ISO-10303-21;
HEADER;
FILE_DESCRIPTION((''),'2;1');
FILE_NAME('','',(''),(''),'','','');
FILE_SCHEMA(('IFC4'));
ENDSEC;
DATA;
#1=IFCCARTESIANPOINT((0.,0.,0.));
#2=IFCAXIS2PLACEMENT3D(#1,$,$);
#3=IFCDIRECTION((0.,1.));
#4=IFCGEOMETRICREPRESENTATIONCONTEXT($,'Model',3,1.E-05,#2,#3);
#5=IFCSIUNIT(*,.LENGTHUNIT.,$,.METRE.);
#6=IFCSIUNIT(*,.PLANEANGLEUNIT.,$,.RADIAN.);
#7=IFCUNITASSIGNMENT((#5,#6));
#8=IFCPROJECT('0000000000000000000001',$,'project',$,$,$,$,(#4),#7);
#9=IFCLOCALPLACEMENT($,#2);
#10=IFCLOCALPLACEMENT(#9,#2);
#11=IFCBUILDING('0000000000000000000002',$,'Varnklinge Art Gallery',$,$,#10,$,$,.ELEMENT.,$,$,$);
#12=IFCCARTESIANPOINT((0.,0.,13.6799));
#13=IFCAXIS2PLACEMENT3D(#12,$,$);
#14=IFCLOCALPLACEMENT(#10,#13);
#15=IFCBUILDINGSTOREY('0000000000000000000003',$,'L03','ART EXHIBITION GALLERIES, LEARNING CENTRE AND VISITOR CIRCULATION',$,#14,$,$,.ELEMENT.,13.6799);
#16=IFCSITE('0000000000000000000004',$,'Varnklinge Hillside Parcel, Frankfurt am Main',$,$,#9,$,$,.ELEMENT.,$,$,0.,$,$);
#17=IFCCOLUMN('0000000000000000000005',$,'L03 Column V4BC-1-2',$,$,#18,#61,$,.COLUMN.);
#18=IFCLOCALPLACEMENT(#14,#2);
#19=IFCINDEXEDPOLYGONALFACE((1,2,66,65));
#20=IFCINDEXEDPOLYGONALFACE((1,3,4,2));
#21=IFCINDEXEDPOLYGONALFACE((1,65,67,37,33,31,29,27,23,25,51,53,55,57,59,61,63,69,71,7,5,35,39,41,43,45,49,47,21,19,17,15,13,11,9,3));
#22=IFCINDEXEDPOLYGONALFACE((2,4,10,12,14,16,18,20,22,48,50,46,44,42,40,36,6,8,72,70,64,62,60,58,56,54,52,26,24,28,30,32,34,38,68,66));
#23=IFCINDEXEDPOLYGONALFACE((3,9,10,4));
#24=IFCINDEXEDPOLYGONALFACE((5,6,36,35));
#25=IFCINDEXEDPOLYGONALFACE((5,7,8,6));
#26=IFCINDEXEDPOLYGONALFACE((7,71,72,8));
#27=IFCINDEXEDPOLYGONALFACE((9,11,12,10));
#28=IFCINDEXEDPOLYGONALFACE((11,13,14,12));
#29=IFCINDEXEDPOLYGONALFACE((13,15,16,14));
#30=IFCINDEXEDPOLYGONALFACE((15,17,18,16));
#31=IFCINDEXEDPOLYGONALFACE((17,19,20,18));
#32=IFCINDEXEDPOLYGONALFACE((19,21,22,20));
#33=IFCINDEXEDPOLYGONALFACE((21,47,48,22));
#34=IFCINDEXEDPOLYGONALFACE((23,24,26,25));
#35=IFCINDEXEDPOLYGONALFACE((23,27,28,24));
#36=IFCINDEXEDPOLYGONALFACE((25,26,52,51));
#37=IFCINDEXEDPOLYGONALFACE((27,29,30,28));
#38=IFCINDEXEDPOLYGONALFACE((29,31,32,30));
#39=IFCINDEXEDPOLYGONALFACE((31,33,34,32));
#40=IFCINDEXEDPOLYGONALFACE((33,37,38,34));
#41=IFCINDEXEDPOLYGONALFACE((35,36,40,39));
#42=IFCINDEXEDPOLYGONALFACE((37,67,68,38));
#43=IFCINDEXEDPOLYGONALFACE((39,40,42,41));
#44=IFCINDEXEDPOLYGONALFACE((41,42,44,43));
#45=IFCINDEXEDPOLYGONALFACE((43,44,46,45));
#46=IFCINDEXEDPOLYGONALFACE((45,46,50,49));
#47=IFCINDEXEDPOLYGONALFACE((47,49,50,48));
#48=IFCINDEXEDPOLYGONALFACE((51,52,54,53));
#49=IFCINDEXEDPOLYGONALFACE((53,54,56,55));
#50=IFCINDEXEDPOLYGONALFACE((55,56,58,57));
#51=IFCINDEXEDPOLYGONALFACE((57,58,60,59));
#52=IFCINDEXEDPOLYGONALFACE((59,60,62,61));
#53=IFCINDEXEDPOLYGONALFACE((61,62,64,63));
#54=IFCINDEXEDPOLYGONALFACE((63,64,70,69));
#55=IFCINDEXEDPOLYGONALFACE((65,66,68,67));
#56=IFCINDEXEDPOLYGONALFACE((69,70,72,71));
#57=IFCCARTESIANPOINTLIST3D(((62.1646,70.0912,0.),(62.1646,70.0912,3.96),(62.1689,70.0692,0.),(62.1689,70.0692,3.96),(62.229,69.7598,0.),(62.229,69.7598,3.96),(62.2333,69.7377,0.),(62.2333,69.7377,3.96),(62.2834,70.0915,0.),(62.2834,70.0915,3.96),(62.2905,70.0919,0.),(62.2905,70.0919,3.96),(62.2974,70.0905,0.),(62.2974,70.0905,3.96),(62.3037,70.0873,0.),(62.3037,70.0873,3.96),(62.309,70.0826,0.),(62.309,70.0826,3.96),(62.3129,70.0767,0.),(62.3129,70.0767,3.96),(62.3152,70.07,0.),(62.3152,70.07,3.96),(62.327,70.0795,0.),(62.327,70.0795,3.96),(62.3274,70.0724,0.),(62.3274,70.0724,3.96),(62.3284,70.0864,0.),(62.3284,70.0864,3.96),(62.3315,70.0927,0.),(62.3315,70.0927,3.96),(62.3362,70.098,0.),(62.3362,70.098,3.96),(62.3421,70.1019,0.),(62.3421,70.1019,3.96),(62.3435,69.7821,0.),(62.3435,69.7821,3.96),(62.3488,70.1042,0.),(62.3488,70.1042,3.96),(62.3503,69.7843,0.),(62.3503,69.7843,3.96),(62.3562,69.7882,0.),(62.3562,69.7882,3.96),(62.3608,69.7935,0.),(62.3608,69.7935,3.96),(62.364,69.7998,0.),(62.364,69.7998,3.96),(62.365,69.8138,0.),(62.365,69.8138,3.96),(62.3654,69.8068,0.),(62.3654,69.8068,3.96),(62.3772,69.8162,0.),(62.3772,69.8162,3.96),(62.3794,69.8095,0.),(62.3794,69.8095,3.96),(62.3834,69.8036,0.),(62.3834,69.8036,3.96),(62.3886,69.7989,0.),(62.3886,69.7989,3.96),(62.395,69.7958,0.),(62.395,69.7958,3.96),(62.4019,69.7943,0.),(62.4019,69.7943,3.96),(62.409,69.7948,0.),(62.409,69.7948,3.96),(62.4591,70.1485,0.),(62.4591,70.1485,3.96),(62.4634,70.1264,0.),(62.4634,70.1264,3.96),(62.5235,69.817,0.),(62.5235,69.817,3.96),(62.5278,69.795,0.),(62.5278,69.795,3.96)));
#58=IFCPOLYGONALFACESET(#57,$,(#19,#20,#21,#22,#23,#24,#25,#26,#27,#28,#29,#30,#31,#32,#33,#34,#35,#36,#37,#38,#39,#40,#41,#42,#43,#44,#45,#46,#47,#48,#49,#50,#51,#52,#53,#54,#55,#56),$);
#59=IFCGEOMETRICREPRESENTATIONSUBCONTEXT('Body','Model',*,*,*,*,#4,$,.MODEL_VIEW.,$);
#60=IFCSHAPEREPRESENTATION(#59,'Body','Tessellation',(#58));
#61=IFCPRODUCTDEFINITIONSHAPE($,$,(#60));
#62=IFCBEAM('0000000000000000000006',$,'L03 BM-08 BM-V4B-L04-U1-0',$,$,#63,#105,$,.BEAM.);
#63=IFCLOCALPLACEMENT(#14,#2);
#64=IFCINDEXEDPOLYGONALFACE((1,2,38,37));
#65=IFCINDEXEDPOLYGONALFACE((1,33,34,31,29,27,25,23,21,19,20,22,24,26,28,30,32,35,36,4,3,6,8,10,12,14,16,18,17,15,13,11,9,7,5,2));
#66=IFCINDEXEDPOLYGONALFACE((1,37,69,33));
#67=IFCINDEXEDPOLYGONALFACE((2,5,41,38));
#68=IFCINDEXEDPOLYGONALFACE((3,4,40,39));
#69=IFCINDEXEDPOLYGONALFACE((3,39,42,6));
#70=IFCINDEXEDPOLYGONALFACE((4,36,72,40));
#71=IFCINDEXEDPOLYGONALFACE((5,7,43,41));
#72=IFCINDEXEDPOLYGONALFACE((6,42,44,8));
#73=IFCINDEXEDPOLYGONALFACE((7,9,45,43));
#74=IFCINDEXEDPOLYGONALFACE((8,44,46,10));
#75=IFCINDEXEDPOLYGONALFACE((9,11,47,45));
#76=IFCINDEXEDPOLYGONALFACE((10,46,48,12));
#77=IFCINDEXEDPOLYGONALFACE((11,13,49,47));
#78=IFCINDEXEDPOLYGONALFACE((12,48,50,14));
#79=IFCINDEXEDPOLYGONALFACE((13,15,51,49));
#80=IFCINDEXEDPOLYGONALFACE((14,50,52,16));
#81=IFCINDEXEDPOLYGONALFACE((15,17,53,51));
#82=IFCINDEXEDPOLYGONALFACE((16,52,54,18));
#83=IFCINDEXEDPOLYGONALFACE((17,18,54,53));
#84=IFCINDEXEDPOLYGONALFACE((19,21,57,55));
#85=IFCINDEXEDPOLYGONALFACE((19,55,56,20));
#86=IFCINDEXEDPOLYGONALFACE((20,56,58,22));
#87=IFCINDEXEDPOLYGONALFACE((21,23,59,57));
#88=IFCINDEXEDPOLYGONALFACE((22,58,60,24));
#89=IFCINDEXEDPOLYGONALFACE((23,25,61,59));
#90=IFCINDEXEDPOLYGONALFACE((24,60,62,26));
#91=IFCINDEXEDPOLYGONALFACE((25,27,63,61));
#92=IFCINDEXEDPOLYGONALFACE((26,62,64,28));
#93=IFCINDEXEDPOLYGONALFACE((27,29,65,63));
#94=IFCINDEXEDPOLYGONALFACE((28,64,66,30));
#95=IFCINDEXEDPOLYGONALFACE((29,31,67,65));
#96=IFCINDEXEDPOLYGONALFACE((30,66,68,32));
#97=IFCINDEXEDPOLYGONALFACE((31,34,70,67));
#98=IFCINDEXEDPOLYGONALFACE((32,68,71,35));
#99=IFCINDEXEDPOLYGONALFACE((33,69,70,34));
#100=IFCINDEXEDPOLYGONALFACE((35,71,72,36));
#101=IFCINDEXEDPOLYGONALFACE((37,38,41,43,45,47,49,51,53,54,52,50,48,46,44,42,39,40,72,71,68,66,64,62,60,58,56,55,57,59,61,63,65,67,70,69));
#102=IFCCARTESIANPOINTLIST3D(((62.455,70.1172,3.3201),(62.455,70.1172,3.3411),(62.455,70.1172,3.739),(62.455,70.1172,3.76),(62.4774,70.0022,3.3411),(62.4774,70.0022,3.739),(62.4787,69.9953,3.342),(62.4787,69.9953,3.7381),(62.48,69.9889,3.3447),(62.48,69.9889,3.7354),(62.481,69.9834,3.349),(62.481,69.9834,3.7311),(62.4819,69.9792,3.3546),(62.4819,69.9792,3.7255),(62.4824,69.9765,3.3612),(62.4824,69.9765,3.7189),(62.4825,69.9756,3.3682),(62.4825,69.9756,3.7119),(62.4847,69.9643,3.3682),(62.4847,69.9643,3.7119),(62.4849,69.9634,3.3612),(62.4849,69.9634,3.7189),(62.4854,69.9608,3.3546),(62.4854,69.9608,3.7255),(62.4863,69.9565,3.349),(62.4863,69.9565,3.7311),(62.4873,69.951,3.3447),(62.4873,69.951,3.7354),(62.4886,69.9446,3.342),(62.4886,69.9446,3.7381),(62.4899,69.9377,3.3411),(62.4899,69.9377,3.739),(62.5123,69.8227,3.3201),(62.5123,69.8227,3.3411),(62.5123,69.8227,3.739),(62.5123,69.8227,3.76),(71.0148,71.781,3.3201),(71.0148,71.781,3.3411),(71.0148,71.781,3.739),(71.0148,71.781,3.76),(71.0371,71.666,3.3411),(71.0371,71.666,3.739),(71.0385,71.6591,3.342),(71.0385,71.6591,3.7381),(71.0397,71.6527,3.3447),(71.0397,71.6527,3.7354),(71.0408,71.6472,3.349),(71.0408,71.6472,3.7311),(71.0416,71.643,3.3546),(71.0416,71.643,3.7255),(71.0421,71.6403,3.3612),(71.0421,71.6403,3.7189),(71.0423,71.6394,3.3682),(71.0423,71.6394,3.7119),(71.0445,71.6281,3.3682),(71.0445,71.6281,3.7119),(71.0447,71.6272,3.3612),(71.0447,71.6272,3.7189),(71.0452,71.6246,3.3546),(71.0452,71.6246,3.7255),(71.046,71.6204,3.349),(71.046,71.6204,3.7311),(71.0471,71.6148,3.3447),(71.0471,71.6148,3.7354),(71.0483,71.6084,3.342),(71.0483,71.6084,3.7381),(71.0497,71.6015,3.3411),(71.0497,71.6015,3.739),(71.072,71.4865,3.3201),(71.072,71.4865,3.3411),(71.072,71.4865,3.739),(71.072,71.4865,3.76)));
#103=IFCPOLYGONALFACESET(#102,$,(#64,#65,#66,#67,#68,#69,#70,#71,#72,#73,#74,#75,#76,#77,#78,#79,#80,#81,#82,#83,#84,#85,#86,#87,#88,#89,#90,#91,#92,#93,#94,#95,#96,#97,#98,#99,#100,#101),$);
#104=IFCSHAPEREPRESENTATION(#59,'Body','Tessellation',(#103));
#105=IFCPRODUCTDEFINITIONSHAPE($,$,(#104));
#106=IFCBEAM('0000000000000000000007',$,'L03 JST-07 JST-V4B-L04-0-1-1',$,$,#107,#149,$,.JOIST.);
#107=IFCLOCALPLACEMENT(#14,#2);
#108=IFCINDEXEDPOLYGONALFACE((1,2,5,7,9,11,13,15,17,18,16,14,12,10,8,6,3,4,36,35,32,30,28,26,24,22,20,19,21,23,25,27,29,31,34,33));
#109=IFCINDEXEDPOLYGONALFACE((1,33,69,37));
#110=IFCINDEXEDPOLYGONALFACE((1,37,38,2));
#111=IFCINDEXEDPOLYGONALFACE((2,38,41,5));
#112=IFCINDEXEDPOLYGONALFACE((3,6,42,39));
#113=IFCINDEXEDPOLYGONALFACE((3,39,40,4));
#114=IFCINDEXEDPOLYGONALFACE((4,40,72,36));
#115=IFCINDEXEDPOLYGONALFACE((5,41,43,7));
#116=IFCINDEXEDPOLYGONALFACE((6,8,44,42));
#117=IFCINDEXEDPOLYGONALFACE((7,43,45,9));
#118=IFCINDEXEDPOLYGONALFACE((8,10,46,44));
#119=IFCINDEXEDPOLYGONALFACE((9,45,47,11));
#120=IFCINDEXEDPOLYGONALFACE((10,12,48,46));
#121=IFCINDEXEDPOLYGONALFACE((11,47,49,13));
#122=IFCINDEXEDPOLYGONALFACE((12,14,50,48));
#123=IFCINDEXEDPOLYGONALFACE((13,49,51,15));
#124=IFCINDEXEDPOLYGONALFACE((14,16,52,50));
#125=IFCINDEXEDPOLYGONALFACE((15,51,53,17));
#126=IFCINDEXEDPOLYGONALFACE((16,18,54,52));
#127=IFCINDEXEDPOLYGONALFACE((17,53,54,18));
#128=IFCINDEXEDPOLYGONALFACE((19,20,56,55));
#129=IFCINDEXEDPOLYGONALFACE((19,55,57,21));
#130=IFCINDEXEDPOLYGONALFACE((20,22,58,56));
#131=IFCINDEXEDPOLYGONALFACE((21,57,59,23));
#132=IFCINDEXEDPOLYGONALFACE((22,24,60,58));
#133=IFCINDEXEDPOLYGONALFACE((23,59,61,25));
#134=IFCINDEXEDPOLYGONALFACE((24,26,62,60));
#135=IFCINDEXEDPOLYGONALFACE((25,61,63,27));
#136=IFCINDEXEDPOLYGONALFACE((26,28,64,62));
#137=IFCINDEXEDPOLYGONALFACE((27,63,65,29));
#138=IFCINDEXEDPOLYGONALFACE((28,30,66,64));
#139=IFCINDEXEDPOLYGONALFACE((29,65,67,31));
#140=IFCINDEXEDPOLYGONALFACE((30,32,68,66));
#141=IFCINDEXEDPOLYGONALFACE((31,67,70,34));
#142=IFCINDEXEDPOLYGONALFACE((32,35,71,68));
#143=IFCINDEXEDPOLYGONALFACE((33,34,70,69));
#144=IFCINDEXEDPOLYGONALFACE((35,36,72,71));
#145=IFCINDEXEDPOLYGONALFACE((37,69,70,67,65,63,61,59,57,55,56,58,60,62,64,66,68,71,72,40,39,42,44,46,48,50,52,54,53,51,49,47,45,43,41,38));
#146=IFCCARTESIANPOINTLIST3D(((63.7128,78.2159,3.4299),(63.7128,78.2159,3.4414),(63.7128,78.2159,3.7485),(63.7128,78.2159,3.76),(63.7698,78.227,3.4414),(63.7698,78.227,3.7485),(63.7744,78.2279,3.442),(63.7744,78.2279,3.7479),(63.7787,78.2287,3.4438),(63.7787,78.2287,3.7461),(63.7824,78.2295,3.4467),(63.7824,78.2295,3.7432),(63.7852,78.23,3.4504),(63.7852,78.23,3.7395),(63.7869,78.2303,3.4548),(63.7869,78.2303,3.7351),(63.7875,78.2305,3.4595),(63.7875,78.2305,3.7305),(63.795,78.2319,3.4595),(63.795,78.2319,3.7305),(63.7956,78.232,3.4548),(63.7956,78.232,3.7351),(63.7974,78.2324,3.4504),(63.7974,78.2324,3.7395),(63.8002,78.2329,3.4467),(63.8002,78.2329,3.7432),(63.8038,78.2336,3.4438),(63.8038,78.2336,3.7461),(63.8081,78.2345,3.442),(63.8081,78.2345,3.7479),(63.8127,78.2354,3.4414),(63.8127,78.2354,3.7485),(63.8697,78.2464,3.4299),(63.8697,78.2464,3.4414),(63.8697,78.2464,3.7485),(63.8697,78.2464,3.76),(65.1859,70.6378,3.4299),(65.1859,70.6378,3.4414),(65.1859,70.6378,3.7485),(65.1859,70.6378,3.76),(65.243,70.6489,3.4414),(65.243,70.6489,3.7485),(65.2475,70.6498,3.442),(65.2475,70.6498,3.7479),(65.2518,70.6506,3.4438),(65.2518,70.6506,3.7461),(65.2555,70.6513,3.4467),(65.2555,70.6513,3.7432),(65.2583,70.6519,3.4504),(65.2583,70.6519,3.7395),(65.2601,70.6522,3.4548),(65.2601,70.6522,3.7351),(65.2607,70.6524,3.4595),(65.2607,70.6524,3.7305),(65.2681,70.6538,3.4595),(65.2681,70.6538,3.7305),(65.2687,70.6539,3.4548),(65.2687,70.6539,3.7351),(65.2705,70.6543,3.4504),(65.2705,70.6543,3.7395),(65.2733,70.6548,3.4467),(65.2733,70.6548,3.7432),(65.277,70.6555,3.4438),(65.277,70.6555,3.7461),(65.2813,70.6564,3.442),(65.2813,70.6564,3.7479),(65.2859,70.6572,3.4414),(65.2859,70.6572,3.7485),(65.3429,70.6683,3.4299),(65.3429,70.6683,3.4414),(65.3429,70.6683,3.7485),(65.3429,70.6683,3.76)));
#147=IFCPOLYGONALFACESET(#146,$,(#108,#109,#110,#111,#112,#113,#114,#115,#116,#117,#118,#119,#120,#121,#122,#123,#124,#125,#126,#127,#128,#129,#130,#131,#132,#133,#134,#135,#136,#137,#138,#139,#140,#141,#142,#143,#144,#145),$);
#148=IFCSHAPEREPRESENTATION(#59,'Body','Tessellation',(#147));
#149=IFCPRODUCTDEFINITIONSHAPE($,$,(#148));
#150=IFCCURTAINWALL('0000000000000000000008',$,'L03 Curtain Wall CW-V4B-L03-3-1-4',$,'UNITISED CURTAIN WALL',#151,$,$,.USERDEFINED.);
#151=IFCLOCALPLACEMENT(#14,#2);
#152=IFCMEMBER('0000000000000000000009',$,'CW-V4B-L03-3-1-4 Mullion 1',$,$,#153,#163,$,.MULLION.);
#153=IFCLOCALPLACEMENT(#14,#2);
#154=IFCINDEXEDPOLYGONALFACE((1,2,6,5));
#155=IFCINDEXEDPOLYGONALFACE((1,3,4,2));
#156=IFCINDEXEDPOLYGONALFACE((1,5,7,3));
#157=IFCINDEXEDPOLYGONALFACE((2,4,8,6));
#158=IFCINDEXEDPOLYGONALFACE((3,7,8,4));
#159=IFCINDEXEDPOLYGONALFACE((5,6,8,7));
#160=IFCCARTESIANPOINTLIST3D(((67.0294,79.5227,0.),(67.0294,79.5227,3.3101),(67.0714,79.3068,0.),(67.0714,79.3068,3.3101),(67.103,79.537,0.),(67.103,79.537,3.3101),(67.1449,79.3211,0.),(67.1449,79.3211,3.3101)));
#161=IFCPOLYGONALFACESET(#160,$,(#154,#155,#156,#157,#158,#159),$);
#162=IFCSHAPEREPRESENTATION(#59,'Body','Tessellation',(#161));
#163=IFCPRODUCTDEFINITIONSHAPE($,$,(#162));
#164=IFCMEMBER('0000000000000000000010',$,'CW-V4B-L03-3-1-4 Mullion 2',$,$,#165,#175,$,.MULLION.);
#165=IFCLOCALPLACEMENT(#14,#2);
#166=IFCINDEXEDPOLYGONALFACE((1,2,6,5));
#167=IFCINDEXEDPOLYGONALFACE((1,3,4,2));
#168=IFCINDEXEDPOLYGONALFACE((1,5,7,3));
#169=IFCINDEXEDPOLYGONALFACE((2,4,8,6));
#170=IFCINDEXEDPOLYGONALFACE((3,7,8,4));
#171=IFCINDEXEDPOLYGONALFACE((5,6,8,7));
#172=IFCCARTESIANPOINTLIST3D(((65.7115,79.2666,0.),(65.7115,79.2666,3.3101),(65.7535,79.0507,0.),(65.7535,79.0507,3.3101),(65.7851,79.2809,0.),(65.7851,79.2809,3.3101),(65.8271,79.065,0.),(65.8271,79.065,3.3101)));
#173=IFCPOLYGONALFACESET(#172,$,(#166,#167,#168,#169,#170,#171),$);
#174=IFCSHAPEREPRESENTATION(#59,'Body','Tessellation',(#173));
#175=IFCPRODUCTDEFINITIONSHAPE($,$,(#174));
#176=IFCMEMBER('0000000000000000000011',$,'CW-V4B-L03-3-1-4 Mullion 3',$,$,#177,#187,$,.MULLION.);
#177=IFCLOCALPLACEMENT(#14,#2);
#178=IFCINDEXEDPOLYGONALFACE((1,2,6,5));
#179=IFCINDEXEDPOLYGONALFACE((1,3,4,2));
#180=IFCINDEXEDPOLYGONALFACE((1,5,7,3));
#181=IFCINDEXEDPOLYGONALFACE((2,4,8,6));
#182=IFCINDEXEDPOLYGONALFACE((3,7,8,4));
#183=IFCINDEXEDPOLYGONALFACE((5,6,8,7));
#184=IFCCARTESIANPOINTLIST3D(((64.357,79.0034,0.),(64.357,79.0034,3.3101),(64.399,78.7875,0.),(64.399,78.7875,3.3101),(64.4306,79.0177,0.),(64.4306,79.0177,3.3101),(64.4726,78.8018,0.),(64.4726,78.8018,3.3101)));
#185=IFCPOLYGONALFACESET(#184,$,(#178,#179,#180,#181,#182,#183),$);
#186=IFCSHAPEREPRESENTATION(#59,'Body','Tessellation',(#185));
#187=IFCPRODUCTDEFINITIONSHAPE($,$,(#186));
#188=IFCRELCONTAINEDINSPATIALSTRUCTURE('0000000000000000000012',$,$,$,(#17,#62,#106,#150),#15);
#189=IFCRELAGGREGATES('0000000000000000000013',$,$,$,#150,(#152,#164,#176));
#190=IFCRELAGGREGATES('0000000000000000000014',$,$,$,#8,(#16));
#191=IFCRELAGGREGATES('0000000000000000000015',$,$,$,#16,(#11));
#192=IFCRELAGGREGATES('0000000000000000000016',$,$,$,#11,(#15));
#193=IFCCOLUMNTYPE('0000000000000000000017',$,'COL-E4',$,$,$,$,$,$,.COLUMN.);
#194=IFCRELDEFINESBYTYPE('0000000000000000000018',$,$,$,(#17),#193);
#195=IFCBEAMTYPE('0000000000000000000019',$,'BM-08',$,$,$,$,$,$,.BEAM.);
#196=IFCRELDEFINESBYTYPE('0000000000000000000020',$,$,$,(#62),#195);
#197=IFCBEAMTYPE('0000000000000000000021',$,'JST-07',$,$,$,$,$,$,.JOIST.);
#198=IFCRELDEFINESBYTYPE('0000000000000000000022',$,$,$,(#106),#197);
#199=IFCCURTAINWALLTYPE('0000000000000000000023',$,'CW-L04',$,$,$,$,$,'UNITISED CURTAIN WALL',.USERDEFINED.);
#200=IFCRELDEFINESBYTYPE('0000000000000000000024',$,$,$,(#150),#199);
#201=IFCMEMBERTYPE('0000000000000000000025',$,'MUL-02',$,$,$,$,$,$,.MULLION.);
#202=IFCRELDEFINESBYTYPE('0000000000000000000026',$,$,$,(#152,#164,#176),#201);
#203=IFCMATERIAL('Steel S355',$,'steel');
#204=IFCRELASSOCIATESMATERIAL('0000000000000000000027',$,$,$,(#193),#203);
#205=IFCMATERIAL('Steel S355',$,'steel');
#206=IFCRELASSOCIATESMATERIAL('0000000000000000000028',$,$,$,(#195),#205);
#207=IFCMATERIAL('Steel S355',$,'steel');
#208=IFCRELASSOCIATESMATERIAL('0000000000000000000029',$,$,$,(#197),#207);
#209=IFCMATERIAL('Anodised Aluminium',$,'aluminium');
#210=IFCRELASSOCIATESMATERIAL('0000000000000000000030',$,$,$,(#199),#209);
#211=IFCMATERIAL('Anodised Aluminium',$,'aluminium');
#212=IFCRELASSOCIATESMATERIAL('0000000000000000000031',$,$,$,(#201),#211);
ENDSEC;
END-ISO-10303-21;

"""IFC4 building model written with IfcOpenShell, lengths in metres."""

from ifc_helpers import new_model, si_unit, direction, frame, origin, origin_2d, place, context, subcontext, project, spatial, rectangle, i_section, extrude, material, material_profile, profile_set, type_object, element, aggregate, save


model = new_model("IFC4")

# Units and contexts
model_context = context("Model", 3, precision=1e-05, world=origin(), true_north=direction((0.0, 1.0)))
body_context = subcontext(model_context, "Body", "Model", "MODEL_VIEW")
ifc_project = project(units=[si_unit("LENGTHUNIT", "METRE"), si_unit("PLANEANGLEUNIT", "RADIAN")], contexts=[model_context])

# Site, building, storey
site_placement = place(None, origin())
site = spatial("IfcSite", under=ifc_project, at=site_placement, Name="Varnklinge Hillside Parcel, Frankfurt am Main", CompositionType="ELEMENT", RefElevation=0.0)
building_placement = place(site_placement, origin())
building = spatial("IfcBuilding", under=site, at=building_placement, Name="Varnklinge Art Gallery", CompositionType="ELEMENT")
storey_placement = place(building_placement, frame((0.0, 0.0, 13.6799)))
storey = spatial("IfcBuildingStorey", under=building, at=storey_placement, Name="L03", Description="ART EXHIBITION GALLERIES, LEARNING CENTRE AND VISITOR CIRCULATION", CompositionType="ELEMENT", Elevation=13.6799)

# Column
ifc_material_1 = material(Name="Steel S355", Category="steel")
ifc_material_profile_1 = material_profile(ifc_material_1, i_section(OverallWidth=0.3, OverallDepth=0.3601, WebThickness=0.0125, FlangeThickness=0.0225, FilletRadius=0.0271, at=origin_2d()), Name="HEB 360")
ifc_profile_set_1 = profile_set([ifc_material_profile_1], Name="Steel S355")
column_type = type_object("IfcColumnType", Name="COL-E4", PredefinedType="COLUMN", material=ifc_profile_set_1)
column_placement = place(storey_placement, frame((62.3462, 69.9431, 0.0), z_axis=(0.0, 0.0, 1.0), x_axis=(0.981627, 0.190809, 0.0)))
element("IfcColumn", 1, at=column_placement, inside=storey, type_object=column_type, Name="L03 Column V4BC-1-2", PredefinedType="COLUMN", context=body_context, shape_type="SweptSolid", body=[
    extrude(i_section(OverallWidth=0.3, OverallDepth=0.3601, WebThickness=0.0125, FlangeThickness=0.0225, FilletRadius=0.0271, at=origin_2d()), origin(), (0.0, 0.0, 1.0), 3.96),
])

# Beams
ifc_material_2 = material(Name="Steel S355", Category="steel")
ifc_material_profile_2 = material_profile(ifc_material_2, i_section(OverallWidth=0.3, OverallDepth=0.4399, WebThickness=0.0115, FlangeThickness=0.021, FilletRadius=0.0271, at=origin_2d()), Name="HEA 450")
ifc_profile_set_2 = profile_set([ifc_material_profile_2], Name="Steel S355")
beam_type_1 = type_object("IfcBeamType", Name="BM-08", PredefinedType="BEAM", material=ifc_profile_set_2)
beam_1_placement = place(storey_placement, frame((62.4836, 69.97, 3.54), z_axis=(0.981628, 0.190804, 0.0), x_axis=(-0.190804, 0.981628, 0.0)))
element("IfcBeam", 2, at=beam_1_placement, inside=storey, type_object=beam_type_1, Name="L03 BM-08 BM-V4B-L04-U1-0", PredefinedType="BEAM", context=body_context, shape_type="SweptSolid", body=[
    extrude(i_section(OverallWidth=0.3, OverallDepth=0.4399, WebThickness=0.0115, FlangeThickness=0.021, FilletRadius=0.0271, at=origin_2d()), origin(), (0.0, 0.0, 1.0), 8.72),
])
ifc_material_3 = material(Name="Steel S355", Category="steel")
ifc_material_profile_3 = material_profile(ifc_material_3, i_section(OverallWidth=0.1599, OverallDepth=0.3301, WebThickness=0.0076, FlangeThickness=0.0115, FilletRadius=0.0181, at=origin_2d()), Name="IPE 330")
ifc_profile_set_3 = profile_set([ifc_material_profile_3], Name="Steel S355")
beam_type_2 = type_object("IfcBeamType", Name="JST-07", PredefinedType="JOIST", material=ifc_profile_set_3)
beam_2_placement = place(storey_placement, frame((65.2644, 70.6531, 3.595), z_axis=(-0.190822, 0.981625, 0.0), x_axis=(-0.981625, -0.190822, 0.0)))
element("IfcBeam", 3, at=beam_2_placement, inside=storey, type_object=beam_type_2, Name="L03 JST-07 JST-V4B-L04-0-1-1", PredefinedType="JOIST", context=body_context, shape_type="SweptSolid", body=[
    extrude(i_section(OverallWidth=0.1599, OverallDepth=0.3301, WebThickness=0.0076, FlangeThickness=0.0115, FilletRadius=0.0181, at=origin_2d()), origin(), (0.0, 0.0, 1.0), 7.72),
])

# Curtain wall, members
ifc_material_4 = material(Name="Anodised Aluminium", Category="aluminium")
curtain_wall_type_1 = type_object("IfcCurtainWallType", Name="CW-L04", ElementType="UNITISED CURTAIN WALL", PredefinedType="USERDEFINED", material=ifc_material_4)
curtain_wall_1_placement = place(storey_placement, origin())
curtain_wall_1 = element("IfcCurtainWall", 4, at=curtain_wall_1_placement, inside=storey, type_object=curtain_wall_type_1, Name="L03 Curtain Wall CW-V4B-L03-3-1-4", ObjectType="UNITISED CURTAIN WALL", PredefinedType="USERDEFINED")
ifc_material_5 = material(Name="Anodised Aluminium", Category="aluminium")
ifc_material_profile_4 = material_profile(ifc_material_5, rectangle(XDim=0.075, YDim=0.22, at=origin_2d()), Name="ALU 75x220")
ifc_profile_set_4 = profile_set([ifc_material_profile_4], Name="Anodised Aluminium")
member_type_1 = type_object("IfcMemberType", Name="MUL-02", PredefinedType="MULLION", material=ifc_profile_set_4)
member_1_placement = place(storey_placement, frame((67.0872, 79.4219, 0.0), z_axis=(0.0, 0.0, 1.0), x_axis=(-0.981627, -0.190809, 0.0)))
member_1 = element("IfcMember", 5, at=member_1_placement, type_object=member_type_1, Name="CW-V4B-L03-3-1-4 Mullion 1", PredefinedType="MULLION", context=body_context, shape_type="SweptSolid", body=[
    extrude(rectangle(XDim=0.075, YDim=0.22, at=origin_2d()), origin(), (0.0, 0.0, 1.0), 3.3101),
])
member_2_placement = place(storey_placement, frame((65.7693, 79.1658, 0.0), z_axis=(0.0, 0.0, 1.0), x_axis=(-0.981627, -0.190809, 0.0)))
member_2 = element("IfcMember", 6, at=member_2_placement, type_object=member_type_1, Name="CW-V4B-L03-3-1-4 Mullion 2", PredefinedType="MULLION", context=body_context, shape_type="SweptSolid", body=[
    extrude(rectangle(XDim=0.075, YDim=0.22, at=origin_2d()), origin(), (0.0, 0.0, 1.0), 3.3101),
])
member_3_placement = place(storey_placement, frame((64.4148, 78.9026, 0.0), z_axis=(0.0, 0.0, 1.0), x_axis=(-0.981627, -0.190809, 0.0)))
member_3 = element("IfcMember", 7, at=member_3_placement, type_object=member_type_1, Name="CW-V4B-L03-3-1-4 Mullion 3", PredefinedType="MULLION", context=body_context, shape_type="SweptSolid", body=[
    extrude(rectangle(XDim=0.075, YDim=0.22, at=origin_2d()), origin(), (0.0, 0.0, 1.0), 3.3101),
])

aggregate(curtain_wall_1, [member_1, member_2, member_3])

save(model, "model.ifc")
